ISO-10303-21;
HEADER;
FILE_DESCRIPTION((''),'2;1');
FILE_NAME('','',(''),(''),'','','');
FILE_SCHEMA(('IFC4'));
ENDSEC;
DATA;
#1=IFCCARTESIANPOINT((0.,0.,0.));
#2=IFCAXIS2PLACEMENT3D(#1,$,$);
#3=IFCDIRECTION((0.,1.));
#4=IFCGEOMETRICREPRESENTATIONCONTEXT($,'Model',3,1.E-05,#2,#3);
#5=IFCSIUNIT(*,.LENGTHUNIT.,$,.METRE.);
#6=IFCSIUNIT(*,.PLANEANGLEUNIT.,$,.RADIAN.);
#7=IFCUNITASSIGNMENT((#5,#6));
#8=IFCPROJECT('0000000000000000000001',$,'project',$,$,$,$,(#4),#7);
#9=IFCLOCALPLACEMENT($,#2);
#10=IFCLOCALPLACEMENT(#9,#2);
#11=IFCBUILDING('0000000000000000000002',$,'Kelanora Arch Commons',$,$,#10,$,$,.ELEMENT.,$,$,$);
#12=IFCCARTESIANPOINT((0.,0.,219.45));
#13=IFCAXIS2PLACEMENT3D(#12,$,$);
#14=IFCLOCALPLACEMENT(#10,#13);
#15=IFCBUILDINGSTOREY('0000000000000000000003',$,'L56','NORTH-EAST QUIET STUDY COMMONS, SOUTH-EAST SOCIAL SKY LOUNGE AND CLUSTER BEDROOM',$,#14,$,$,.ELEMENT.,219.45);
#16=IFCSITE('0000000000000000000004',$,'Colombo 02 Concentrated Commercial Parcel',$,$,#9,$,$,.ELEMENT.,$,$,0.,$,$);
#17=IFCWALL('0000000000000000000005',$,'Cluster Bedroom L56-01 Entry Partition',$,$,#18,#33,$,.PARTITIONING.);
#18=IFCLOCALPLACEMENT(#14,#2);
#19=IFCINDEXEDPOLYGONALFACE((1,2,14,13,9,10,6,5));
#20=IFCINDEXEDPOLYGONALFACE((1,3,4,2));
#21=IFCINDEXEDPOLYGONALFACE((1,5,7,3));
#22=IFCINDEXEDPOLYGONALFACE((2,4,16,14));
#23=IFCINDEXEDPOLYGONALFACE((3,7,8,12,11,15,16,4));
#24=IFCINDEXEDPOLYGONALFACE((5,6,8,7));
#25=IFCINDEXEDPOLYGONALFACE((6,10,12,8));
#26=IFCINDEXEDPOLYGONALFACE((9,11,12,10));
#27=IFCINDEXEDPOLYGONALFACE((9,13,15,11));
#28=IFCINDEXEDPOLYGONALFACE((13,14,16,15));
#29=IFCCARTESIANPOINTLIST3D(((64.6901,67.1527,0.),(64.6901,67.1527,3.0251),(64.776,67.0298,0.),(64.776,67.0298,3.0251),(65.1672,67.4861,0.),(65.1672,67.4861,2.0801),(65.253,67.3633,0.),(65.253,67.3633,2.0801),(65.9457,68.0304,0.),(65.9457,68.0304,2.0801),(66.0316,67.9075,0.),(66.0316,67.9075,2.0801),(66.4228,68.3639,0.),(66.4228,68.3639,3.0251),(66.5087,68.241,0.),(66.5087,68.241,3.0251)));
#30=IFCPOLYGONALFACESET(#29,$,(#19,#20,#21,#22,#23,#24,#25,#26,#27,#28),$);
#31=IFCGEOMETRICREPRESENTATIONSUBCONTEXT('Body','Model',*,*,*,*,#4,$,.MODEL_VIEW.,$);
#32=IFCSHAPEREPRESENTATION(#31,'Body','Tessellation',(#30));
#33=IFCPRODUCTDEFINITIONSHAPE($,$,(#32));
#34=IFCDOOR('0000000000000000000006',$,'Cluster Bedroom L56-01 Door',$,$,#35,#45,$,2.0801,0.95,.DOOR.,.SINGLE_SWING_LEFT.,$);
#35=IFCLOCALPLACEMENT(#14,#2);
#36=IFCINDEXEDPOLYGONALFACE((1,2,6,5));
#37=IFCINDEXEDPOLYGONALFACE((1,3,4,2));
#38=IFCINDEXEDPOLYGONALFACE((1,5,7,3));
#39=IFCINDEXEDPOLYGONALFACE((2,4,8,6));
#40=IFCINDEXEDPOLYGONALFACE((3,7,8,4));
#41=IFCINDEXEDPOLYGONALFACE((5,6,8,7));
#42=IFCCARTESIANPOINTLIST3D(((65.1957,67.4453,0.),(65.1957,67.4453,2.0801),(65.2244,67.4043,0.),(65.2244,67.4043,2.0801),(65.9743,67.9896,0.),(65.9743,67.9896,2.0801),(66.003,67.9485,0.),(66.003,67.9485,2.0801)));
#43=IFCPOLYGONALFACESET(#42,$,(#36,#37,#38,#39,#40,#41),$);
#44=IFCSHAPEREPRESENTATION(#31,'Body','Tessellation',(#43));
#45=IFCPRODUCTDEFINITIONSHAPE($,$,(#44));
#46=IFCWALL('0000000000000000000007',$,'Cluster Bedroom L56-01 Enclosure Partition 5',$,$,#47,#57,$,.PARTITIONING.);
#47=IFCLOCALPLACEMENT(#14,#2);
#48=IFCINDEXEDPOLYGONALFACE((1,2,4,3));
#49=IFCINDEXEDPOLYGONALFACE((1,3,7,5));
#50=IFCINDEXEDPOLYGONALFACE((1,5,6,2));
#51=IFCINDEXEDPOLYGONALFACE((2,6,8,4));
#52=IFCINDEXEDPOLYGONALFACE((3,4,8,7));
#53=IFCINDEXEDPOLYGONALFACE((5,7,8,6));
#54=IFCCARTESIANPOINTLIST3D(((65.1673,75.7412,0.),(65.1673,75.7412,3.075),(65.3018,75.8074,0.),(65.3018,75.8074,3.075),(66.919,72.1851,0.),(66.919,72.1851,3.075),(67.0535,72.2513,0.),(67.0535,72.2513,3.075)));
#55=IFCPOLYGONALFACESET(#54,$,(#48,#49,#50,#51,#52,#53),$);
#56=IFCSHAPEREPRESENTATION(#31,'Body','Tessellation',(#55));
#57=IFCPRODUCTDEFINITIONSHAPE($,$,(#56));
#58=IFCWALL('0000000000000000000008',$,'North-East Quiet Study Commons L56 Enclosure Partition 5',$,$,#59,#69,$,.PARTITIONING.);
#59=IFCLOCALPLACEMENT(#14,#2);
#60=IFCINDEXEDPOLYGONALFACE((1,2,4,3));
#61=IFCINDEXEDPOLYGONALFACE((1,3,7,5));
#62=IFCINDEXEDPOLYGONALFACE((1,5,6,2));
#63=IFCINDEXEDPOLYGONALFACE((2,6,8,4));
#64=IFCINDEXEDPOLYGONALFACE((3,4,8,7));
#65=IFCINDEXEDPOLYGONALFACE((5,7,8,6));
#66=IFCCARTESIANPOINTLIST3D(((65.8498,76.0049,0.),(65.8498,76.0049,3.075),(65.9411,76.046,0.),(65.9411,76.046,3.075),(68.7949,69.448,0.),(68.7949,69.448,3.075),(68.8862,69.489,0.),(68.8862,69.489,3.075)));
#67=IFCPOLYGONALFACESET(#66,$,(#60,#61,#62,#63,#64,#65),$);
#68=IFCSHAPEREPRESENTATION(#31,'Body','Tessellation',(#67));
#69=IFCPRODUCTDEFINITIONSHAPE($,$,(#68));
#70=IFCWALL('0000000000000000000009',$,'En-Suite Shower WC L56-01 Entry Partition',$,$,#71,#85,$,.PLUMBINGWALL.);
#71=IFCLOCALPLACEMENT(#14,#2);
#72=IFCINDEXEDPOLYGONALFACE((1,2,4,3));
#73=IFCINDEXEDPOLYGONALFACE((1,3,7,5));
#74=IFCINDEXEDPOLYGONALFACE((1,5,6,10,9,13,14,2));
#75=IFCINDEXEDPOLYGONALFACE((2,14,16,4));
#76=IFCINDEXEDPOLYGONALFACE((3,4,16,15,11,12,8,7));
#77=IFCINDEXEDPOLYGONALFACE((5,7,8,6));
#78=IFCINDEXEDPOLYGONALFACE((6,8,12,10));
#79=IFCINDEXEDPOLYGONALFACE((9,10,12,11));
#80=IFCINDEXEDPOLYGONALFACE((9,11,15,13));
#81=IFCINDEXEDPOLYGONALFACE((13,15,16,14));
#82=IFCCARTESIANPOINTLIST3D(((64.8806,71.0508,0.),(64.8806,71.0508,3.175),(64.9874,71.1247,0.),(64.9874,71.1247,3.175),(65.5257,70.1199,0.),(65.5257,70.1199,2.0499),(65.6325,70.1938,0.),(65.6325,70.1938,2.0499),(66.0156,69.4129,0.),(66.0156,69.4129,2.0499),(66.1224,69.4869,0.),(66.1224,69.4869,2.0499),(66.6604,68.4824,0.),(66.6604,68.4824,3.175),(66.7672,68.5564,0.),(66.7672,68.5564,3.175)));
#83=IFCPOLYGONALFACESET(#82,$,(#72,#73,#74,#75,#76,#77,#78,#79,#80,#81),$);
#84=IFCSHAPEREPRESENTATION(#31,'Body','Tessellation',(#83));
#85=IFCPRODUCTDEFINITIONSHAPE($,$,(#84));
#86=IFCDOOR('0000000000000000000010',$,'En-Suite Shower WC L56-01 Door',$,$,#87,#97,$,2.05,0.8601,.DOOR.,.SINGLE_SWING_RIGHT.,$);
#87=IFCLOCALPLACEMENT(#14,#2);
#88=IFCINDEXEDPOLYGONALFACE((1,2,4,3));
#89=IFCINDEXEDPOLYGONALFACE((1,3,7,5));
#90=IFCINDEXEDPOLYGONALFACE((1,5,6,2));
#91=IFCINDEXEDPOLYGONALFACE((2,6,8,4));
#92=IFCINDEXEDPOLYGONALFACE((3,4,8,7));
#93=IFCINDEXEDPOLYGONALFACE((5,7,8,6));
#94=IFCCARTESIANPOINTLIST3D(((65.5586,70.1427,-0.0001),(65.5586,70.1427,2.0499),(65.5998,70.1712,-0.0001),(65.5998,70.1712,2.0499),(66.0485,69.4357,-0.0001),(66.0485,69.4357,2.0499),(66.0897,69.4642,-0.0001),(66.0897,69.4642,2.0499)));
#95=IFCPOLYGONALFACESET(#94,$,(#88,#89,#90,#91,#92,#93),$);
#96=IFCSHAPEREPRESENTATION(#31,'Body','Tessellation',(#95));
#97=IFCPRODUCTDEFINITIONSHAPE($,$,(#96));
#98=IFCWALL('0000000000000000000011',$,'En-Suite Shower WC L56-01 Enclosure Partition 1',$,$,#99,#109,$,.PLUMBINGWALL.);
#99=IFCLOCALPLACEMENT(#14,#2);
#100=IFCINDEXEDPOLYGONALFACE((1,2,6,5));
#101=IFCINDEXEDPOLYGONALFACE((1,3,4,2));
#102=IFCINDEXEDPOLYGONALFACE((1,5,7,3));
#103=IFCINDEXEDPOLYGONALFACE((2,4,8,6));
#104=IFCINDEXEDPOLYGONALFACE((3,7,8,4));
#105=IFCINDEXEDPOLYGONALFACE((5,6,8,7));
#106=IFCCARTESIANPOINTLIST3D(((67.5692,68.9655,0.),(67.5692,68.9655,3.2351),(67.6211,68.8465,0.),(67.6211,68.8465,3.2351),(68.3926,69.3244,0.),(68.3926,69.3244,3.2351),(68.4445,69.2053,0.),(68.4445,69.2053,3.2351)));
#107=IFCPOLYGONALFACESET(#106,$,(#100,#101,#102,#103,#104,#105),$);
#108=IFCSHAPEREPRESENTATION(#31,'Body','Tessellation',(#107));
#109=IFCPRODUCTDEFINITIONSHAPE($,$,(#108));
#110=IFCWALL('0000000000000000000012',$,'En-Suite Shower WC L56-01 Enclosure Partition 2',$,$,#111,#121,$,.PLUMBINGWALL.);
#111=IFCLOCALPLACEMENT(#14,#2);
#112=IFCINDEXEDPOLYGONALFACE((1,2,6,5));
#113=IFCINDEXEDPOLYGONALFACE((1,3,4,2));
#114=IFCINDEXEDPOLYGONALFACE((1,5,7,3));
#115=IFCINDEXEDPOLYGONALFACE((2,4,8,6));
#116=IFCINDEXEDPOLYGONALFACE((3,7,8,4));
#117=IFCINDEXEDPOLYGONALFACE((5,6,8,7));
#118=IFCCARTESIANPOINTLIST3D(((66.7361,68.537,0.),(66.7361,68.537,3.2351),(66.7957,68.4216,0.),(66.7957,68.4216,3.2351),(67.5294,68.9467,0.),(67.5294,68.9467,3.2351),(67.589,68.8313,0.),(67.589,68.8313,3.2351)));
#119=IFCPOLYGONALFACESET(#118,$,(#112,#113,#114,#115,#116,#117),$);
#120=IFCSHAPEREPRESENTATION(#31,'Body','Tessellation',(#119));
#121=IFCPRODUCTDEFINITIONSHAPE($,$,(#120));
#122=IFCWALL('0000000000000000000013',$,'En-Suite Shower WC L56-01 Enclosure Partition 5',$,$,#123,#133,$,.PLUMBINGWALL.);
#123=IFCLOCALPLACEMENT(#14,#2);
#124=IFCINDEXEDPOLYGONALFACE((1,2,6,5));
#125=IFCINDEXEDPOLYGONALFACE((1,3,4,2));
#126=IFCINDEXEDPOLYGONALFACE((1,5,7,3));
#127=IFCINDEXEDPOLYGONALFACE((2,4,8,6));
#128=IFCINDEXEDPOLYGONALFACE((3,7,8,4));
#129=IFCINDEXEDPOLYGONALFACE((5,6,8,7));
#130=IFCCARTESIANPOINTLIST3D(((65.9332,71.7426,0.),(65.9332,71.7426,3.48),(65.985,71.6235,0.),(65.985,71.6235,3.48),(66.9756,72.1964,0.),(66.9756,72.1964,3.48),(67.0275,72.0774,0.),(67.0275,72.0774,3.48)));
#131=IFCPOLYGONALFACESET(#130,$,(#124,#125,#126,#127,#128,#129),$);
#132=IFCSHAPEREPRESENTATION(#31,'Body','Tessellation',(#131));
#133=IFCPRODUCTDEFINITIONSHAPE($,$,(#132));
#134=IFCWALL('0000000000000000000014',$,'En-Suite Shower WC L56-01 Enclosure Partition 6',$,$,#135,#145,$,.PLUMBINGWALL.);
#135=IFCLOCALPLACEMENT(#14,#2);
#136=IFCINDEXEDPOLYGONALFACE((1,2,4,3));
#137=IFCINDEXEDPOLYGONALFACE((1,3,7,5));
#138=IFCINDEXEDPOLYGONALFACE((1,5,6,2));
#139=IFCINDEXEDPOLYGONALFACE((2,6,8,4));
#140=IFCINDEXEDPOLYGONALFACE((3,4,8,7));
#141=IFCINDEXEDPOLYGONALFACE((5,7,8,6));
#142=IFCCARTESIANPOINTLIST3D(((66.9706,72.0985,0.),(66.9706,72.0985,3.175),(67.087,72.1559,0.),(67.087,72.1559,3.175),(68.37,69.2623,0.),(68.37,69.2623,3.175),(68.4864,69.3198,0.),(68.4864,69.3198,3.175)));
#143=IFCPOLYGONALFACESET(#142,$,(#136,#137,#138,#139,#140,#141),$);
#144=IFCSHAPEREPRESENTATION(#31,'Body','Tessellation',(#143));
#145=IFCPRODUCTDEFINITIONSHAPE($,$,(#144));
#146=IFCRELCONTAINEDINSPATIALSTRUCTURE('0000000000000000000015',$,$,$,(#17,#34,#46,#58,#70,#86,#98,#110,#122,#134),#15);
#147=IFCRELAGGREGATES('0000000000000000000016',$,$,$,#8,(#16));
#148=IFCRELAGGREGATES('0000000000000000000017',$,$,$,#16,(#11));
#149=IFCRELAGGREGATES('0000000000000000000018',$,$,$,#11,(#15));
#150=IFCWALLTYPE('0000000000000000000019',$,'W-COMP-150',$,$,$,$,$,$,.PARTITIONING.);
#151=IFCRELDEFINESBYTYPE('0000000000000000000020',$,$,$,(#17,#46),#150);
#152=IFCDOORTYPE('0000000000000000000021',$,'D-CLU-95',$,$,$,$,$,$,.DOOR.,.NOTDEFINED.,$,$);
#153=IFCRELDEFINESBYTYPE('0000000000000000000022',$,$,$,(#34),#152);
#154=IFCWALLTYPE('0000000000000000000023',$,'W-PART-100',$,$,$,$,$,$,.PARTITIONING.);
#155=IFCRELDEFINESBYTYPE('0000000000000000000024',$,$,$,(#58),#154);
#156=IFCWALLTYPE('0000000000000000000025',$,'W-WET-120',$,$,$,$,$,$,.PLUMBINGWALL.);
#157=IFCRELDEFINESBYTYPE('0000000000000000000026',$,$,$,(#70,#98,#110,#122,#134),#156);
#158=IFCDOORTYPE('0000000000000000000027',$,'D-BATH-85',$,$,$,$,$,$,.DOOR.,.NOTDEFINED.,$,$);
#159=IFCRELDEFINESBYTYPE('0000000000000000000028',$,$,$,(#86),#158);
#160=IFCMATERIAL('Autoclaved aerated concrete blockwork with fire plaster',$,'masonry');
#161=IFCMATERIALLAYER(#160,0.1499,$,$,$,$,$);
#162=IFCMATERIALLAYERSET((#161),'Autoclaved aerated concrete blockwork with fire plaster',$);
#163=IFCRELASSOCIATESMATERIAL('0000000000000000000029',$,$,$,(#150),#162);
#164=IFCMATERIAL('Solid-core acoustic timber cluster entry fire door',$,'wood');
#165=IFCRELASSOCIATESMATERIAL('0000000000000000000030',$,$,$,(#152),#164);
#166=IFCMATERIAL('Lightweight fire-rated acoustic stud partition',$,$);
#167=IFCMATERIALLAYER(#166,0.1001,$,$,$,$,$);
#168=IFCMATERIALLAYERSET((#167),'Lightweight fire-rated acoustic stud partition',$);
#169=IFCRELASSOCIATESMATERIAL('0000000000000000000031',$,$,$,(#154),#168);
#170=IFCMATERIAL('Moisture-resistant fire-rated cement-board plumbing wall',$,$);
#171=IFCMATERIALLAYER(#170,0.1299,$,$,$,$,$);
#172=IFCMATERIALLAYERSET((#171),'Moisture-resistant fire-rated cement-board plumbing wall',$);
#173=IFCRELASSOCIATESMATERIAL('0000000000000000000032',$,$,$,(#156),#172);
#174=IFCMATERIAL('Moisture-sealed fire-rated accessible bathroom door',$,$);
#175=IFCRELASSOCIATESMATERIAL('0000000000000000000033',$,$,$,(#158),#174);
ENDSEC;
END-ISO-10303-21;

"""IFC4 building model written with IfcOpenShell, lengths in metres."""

from ifc_helpers import new_model, si_unit, direction, frame, frame_2d, origin, place, context, subcontext, project, spatial, rectangle, extrude, material, layer, layer_set, type_object, element, fill, save


model = new_model("IFC4")

# Units and contexts
model_context = context("Model", 3, precision=1e-05, world=origin(), true_north=direction((0.0, 1.0)))
body_context = subcontext(model_context, "Body", "Model", "MODEL_VIEW")
ifc_project = project(units=[si_unit("LENGTHUNIT", "METRE"), si_unit("PLANEANGLEUNIT", "RADIAN")], contexts=[model_context])

# Site, building, storey
site_placement = place(None, origin())
site = spatial("IfcSite", under=ifc_project, at=site_placement, Name="Colombo 02 Concentrated Commercial Parcel", CompositionType="ELEMENT", RefElevation=0.0)
building_placement = place(site_placement, origin())
building = spatial("IfcBuilding", under=site, at=building_placement, Name="Kelanora Arch Commons", CompositionType="ELEMENT")
storey_placement = place(building_placement, frame((0.0, 0.0, 219.45)))
storey = spatial("IfcBuildingStorey", under=building, at=storey_placement, Name="L56", Description="NORTH-EAST QUIET STUDY COMMONS, SOUTH-EAST SOCIAL SKY LOUNGE AND CLUSTER BEDROOM", CompositionType="ELEMENT", Elevation=219.45)

# Wall, opening, door
ifc_material_1 = material(Name="Autoclaved aerated concrete blockwork with fire plaster", Category="masonry")
ifc_layer_1 = layer(ifc_material_1, 0.1499)
ifc_layer_set_1 = layer_set([ifc_layer_1], Name="Autoclaved aerated concrete blockwork with fire plaster")
wall_type_1 = type_object("IfcWallType", Name="W-COMP-150", PredefinedType="PARTITIONING", material=ifc_layer_set_1)
wall_1_placement = place(storey_placement, frame((66.4658, 68.3025, 0.0), z_axis=(0.0, 0.0, 1.0), x_axis=(-0.819606, -0.572927, 0.0)))
wall_1 = element("IfcWall", 1, at=wall_1_placement, inside=storey, type_object=wall_type_1, Name="Cluster Bedroom L56-01 Entry Partition", PredefinedType="PARTITIONING", context=body_context, shape_type="SweptSolid", body=[
    extrude(rectangle(XDim=2.114, YDim=0.1499, at=frame_2d((1.0571, 0.0))), origin(), (0.0, 0.0, 1.0), 3.0251),
])
opening_1_placement = place(wall_1_placement, frame((0.582, 0.0, 0.0)))
opening_1 = element("IfcOpeningElement", 2, at=opening_1_placement, cuts=wall_1, PredefinedType="OPENING", context=body_context, shape_type="SweptSolid", body=[
    extrude(rectangle(XDim=0.95, YDim=2.0801, at=frame_2d((0.4751, 1.04))), frame((0.0, 0.085, 0.0), z_axis=(0.0, -1.0, 0.0), x_axis=(1.0, 0.0, 0.0)), (0.0, 0.0, 1.0), 0.1699),
])
ifc_material_2 = material(Name="Solid-core acoustic timber cluster entry fire door", Category="wood")
door_type_1 = type_object("IfcDoorType", Name="D-CLU-95", OperationType="NOTDEFINED", PredefinedType="DOOR", material=ifc_material_2)
door_1_placement = place(opening_1_placement, origin())
door_1 = element("IfcDoor", 3, at=door_1_placement, inside=storey, type_object=door_type_1, Name="Cluster Bedroom L56-01 Door", OperationType="SINGLE_SWING_LEFT", OverallHeight=2.0801, OverallWidth=0.95, PredefinedType="DOOR", context=body_context, shape_type="SweptSolid", body=[
    extrude(rectangle(XDim=0.95, YDim=2.0801, at=frame_2d((0.4751, 1.04))), frame((0.0, 0.0249, 0.0), z_axis=(0.0, -1.0, 0.0), x_axis=(1.0, 0.0, 0.0)), (0.0, 0.0, 1.0), 0.05),
])
fill(opening_1, door_1)

# Walls
wall_2_placement = place(storey_placement, frame((65.2346, 75.7742, 0.0), z_axis=(0.0, 0.0, 1.0), x_axis=(0.441885, -0.897072, 0.0)))
element("IfcWall", 4, at=wall_2_placement, inside=storey, type_object=wall_type_1, Name="Cluster Bedroom L56-01 Enclosure Partition 5", PredefinedType="PARTITIONING", context=body_context, shape_type="SweptSolid", body=[
    extrude(rectangle(XDim=3.9641, YDim=0.1499, at=frame_2d((1.9819, 0.0))), origin(), (0.0, 0.0, 1.0), 3.075),
])
ifc_material_3 = material(Name="Lightweight fire-rated acoustic stud partition")
ifc_layer_2 = layer(ifc_material_3, 0.1001)
ifc_layer_set_2 = layer_set([ifc_layer_2], Name="Lightweight fire-rated acoustic stud partition")
wall_type_2 = type_object("IfcWallType", Name="W-PART-100", PredefinedType="PARTITIONING", material=ifc_layer_set_2)
wall_3_placement = place(storey_placement, frame((68.8406, 69.4685, 0.0), z_axis=(0.0, 0.0, 1.0), x_axis=(-0.409725, 0.912209, 0.0)))
element("IfcWall", 5, at=wall_3_placement, inside=storey, type_object=wall_type_2, Name="North-East Quiet Study Commons L56 Enclosure Partition 5", PredefinedType="PARTITIONING", context=body_context, shape_type="SweptSolid", body=[
    extrude(rectangle(XDim=7.188, YDim=0.1001, at=frame_2d((3.594, 0.0))), origin(), (0.0, 0.0, 1.0), 3.075),
])

# Wall, opening, door
ifc_material_4 = material(Name="Moisture-resistant fire-rated cement-board plumbing wall")
ifc_layer_3 = layer(ifc_material_4, 0.1299)
ifc_layer_set_3 = layer_set([ifc_layer_3], Name="Moisture-resistant fire-rated cement-board plumbing wall")
wall_type_3 = type_object("IfcWallType", Name="W-WET-120", PredefinedType="PLUMBINGWALL", material=ifc_layer_set_3)
wall_4_placement = place(storey_placement, frame((66.7139, 68.5193, 0.0), z_axis=(0.0, 0.0, 1.0), x_axis=(-0.569576, 0.821939, 0.0)))
wall_4 = element("IfcWall", 6, at=wall_4_placement, inside=storey, type_object=wall_type_3, Name="En-Suite Shower WC L56-01 Entry Partition", PredefinedType="PLUMBINGWALL", context=body_context, shape_type="SweptSolid", body=[
    extrude(rectangle(XDim=3.1248, YDim=0.1299, at=frame_2d((1.5625, 0.0))), origin(), (0.0, 0.0, 1.0), 3.175),
])
opening_2_placement = place(wall_4_placement, frame((1.1321, 0.0, 0.0)))
opening_2 = element("IfcOpeningElement", 7, at=opening_2_placement, cuts=wall_4, PredefinedType="OPENING", context=body_context, shape_type="SweptSolid", body=[
    extrude(rectangle(XDim=0.8601, YDim=2.05, at=frame_2d((0.4302, 1.0249))), frame((0.0, 0.075, 0.0), z_axis=(0.0, -1.0, 0.0), x_axis=(1.0, 0.0, 0.0)), (0.0, 0.0, 1.0), 0.1499),
])
ifc_material_5 = material(Name="Moisture-sealed fire-rated accessible bathroom door")
door_type_2 = type_object("IfcDoorType", Name="D-BATH-85", OperationType="NOTDEFINED", PredefinedType="DOOR", material=ifc_material_5)
door_2_placement = place(opening_2_placement, origin())
door_2 = element("IfcDoor", 8, at=door_2_placement, inside=storey, type_object=door_type_2, Name="En-Suite Shower WC L56-01 Door", OperationType="SINGLE_SWING_RIGHT", OverallHeight=2.05, OverallWidth=0.8601, PredefinedType="DOOR", context=body_context, shape_type="SweptSolid", body=[
    extrude(rectangle(XDim=0.8601, YDim=2.05, at=frame_2d((0.4302, 1.0249))), frame((0.0, 0.0249, 0.0), z_axis=(0.0, -1.0, 0.0), x_axis=(1.0, 0.0, 0.0)), (0.0, 0.0, 1.0), 0.05),
])
fill(opening_2, door_2)

# Walls
wall_5_placement = place(storey_placement, frame((68.4187, 69.2649, 0.0), z_axis=(0.0, 0.0, 1.0), x_axis=(-0.916724, -0.399521, 0.0)))
element("IfcWall", 9, at=wall_5_placement, inside=storey, type_object=wall_type_3, Name="En-Suite Shower WC L56-01 Enclosure Partition 1", PredefinedType="PLUMBINGWALL", context=body_context, shape_type="SweptSolid", body=[
    extrude(rectangle(XDim=0.8982, YDim=0.1299, at=frame_2d((0.4492, 0.0))), origin(), (0.0, 0.0, 1.0), 3.2351),
])
wall_6_placement = place(storey_placement, frame((67.5591, 68.8889, 0.0), z_axis=(0.0, 0.0, 1.0), x_axis=(-0.888498, -0.45888, 0.0)))
element("IfcWall", 10, at=wall_6_placement, inside=storey, type_object=wall_type_3, Name="En-Suite Shower WC L56-01 Enclosure Partition 2", PredefinedType="PLUMBINGWALL", context=body_context, shape_type="SweptSolid", body=[
    extrude(rectangle(XDim=0.8928, YDim=0.1299, at=frame_2d((0.4463, 0.0))), origin(), (0.0, 0.0, 1.0), 3.2351),
])
wall_7_placement = place(storey_placement, frame((65.9592, 71.6831, 0.0), z_axis=(0.0, 0.0, 1.0), x_axis=(0.916875, 0.399174, 0.0)))
element("IfcWall", 11, at=wall_7_placement, inside=storey, type_object=wall_type_3, Name="En-Suite Shower WC L56-01 Enclosure Partition 5", PredefinedType="PLUMBINGWALL", context=body_context, shape_type="SweptSolid", body=[
    extrude(rectangle(XDim=1.137, YDim=0.1299, at=frame_2d((0.5684, 0.0))), origin(), (0.0, 0.0, 1.0), 3.48),
])
wall_8_placement = place(storey_placement, frame((67.0288, 72.1272, 0.0), z_axis=(0.0, 0.0, 1.0), x_axis=(0.442483, -0.896777, 0.0)))
element("IfcWall", 12, at=wall_8_placement, inside=storey, type_object=wall_type_3, Name="En-Suite Shower WC L56-01 Enclosure Partition 6", PredefinedType="PLUMBINGWALL", context=body_context, shape_type="SweptSolid", body=[
    extrude(rectangle(XDim=3.1626, YDim=0.1299, at=frame_2d((1.5813, 0.0))), origin(), (0.0, 0.0, 1.0), 3.175),
])

save(model, "model.ifc")
